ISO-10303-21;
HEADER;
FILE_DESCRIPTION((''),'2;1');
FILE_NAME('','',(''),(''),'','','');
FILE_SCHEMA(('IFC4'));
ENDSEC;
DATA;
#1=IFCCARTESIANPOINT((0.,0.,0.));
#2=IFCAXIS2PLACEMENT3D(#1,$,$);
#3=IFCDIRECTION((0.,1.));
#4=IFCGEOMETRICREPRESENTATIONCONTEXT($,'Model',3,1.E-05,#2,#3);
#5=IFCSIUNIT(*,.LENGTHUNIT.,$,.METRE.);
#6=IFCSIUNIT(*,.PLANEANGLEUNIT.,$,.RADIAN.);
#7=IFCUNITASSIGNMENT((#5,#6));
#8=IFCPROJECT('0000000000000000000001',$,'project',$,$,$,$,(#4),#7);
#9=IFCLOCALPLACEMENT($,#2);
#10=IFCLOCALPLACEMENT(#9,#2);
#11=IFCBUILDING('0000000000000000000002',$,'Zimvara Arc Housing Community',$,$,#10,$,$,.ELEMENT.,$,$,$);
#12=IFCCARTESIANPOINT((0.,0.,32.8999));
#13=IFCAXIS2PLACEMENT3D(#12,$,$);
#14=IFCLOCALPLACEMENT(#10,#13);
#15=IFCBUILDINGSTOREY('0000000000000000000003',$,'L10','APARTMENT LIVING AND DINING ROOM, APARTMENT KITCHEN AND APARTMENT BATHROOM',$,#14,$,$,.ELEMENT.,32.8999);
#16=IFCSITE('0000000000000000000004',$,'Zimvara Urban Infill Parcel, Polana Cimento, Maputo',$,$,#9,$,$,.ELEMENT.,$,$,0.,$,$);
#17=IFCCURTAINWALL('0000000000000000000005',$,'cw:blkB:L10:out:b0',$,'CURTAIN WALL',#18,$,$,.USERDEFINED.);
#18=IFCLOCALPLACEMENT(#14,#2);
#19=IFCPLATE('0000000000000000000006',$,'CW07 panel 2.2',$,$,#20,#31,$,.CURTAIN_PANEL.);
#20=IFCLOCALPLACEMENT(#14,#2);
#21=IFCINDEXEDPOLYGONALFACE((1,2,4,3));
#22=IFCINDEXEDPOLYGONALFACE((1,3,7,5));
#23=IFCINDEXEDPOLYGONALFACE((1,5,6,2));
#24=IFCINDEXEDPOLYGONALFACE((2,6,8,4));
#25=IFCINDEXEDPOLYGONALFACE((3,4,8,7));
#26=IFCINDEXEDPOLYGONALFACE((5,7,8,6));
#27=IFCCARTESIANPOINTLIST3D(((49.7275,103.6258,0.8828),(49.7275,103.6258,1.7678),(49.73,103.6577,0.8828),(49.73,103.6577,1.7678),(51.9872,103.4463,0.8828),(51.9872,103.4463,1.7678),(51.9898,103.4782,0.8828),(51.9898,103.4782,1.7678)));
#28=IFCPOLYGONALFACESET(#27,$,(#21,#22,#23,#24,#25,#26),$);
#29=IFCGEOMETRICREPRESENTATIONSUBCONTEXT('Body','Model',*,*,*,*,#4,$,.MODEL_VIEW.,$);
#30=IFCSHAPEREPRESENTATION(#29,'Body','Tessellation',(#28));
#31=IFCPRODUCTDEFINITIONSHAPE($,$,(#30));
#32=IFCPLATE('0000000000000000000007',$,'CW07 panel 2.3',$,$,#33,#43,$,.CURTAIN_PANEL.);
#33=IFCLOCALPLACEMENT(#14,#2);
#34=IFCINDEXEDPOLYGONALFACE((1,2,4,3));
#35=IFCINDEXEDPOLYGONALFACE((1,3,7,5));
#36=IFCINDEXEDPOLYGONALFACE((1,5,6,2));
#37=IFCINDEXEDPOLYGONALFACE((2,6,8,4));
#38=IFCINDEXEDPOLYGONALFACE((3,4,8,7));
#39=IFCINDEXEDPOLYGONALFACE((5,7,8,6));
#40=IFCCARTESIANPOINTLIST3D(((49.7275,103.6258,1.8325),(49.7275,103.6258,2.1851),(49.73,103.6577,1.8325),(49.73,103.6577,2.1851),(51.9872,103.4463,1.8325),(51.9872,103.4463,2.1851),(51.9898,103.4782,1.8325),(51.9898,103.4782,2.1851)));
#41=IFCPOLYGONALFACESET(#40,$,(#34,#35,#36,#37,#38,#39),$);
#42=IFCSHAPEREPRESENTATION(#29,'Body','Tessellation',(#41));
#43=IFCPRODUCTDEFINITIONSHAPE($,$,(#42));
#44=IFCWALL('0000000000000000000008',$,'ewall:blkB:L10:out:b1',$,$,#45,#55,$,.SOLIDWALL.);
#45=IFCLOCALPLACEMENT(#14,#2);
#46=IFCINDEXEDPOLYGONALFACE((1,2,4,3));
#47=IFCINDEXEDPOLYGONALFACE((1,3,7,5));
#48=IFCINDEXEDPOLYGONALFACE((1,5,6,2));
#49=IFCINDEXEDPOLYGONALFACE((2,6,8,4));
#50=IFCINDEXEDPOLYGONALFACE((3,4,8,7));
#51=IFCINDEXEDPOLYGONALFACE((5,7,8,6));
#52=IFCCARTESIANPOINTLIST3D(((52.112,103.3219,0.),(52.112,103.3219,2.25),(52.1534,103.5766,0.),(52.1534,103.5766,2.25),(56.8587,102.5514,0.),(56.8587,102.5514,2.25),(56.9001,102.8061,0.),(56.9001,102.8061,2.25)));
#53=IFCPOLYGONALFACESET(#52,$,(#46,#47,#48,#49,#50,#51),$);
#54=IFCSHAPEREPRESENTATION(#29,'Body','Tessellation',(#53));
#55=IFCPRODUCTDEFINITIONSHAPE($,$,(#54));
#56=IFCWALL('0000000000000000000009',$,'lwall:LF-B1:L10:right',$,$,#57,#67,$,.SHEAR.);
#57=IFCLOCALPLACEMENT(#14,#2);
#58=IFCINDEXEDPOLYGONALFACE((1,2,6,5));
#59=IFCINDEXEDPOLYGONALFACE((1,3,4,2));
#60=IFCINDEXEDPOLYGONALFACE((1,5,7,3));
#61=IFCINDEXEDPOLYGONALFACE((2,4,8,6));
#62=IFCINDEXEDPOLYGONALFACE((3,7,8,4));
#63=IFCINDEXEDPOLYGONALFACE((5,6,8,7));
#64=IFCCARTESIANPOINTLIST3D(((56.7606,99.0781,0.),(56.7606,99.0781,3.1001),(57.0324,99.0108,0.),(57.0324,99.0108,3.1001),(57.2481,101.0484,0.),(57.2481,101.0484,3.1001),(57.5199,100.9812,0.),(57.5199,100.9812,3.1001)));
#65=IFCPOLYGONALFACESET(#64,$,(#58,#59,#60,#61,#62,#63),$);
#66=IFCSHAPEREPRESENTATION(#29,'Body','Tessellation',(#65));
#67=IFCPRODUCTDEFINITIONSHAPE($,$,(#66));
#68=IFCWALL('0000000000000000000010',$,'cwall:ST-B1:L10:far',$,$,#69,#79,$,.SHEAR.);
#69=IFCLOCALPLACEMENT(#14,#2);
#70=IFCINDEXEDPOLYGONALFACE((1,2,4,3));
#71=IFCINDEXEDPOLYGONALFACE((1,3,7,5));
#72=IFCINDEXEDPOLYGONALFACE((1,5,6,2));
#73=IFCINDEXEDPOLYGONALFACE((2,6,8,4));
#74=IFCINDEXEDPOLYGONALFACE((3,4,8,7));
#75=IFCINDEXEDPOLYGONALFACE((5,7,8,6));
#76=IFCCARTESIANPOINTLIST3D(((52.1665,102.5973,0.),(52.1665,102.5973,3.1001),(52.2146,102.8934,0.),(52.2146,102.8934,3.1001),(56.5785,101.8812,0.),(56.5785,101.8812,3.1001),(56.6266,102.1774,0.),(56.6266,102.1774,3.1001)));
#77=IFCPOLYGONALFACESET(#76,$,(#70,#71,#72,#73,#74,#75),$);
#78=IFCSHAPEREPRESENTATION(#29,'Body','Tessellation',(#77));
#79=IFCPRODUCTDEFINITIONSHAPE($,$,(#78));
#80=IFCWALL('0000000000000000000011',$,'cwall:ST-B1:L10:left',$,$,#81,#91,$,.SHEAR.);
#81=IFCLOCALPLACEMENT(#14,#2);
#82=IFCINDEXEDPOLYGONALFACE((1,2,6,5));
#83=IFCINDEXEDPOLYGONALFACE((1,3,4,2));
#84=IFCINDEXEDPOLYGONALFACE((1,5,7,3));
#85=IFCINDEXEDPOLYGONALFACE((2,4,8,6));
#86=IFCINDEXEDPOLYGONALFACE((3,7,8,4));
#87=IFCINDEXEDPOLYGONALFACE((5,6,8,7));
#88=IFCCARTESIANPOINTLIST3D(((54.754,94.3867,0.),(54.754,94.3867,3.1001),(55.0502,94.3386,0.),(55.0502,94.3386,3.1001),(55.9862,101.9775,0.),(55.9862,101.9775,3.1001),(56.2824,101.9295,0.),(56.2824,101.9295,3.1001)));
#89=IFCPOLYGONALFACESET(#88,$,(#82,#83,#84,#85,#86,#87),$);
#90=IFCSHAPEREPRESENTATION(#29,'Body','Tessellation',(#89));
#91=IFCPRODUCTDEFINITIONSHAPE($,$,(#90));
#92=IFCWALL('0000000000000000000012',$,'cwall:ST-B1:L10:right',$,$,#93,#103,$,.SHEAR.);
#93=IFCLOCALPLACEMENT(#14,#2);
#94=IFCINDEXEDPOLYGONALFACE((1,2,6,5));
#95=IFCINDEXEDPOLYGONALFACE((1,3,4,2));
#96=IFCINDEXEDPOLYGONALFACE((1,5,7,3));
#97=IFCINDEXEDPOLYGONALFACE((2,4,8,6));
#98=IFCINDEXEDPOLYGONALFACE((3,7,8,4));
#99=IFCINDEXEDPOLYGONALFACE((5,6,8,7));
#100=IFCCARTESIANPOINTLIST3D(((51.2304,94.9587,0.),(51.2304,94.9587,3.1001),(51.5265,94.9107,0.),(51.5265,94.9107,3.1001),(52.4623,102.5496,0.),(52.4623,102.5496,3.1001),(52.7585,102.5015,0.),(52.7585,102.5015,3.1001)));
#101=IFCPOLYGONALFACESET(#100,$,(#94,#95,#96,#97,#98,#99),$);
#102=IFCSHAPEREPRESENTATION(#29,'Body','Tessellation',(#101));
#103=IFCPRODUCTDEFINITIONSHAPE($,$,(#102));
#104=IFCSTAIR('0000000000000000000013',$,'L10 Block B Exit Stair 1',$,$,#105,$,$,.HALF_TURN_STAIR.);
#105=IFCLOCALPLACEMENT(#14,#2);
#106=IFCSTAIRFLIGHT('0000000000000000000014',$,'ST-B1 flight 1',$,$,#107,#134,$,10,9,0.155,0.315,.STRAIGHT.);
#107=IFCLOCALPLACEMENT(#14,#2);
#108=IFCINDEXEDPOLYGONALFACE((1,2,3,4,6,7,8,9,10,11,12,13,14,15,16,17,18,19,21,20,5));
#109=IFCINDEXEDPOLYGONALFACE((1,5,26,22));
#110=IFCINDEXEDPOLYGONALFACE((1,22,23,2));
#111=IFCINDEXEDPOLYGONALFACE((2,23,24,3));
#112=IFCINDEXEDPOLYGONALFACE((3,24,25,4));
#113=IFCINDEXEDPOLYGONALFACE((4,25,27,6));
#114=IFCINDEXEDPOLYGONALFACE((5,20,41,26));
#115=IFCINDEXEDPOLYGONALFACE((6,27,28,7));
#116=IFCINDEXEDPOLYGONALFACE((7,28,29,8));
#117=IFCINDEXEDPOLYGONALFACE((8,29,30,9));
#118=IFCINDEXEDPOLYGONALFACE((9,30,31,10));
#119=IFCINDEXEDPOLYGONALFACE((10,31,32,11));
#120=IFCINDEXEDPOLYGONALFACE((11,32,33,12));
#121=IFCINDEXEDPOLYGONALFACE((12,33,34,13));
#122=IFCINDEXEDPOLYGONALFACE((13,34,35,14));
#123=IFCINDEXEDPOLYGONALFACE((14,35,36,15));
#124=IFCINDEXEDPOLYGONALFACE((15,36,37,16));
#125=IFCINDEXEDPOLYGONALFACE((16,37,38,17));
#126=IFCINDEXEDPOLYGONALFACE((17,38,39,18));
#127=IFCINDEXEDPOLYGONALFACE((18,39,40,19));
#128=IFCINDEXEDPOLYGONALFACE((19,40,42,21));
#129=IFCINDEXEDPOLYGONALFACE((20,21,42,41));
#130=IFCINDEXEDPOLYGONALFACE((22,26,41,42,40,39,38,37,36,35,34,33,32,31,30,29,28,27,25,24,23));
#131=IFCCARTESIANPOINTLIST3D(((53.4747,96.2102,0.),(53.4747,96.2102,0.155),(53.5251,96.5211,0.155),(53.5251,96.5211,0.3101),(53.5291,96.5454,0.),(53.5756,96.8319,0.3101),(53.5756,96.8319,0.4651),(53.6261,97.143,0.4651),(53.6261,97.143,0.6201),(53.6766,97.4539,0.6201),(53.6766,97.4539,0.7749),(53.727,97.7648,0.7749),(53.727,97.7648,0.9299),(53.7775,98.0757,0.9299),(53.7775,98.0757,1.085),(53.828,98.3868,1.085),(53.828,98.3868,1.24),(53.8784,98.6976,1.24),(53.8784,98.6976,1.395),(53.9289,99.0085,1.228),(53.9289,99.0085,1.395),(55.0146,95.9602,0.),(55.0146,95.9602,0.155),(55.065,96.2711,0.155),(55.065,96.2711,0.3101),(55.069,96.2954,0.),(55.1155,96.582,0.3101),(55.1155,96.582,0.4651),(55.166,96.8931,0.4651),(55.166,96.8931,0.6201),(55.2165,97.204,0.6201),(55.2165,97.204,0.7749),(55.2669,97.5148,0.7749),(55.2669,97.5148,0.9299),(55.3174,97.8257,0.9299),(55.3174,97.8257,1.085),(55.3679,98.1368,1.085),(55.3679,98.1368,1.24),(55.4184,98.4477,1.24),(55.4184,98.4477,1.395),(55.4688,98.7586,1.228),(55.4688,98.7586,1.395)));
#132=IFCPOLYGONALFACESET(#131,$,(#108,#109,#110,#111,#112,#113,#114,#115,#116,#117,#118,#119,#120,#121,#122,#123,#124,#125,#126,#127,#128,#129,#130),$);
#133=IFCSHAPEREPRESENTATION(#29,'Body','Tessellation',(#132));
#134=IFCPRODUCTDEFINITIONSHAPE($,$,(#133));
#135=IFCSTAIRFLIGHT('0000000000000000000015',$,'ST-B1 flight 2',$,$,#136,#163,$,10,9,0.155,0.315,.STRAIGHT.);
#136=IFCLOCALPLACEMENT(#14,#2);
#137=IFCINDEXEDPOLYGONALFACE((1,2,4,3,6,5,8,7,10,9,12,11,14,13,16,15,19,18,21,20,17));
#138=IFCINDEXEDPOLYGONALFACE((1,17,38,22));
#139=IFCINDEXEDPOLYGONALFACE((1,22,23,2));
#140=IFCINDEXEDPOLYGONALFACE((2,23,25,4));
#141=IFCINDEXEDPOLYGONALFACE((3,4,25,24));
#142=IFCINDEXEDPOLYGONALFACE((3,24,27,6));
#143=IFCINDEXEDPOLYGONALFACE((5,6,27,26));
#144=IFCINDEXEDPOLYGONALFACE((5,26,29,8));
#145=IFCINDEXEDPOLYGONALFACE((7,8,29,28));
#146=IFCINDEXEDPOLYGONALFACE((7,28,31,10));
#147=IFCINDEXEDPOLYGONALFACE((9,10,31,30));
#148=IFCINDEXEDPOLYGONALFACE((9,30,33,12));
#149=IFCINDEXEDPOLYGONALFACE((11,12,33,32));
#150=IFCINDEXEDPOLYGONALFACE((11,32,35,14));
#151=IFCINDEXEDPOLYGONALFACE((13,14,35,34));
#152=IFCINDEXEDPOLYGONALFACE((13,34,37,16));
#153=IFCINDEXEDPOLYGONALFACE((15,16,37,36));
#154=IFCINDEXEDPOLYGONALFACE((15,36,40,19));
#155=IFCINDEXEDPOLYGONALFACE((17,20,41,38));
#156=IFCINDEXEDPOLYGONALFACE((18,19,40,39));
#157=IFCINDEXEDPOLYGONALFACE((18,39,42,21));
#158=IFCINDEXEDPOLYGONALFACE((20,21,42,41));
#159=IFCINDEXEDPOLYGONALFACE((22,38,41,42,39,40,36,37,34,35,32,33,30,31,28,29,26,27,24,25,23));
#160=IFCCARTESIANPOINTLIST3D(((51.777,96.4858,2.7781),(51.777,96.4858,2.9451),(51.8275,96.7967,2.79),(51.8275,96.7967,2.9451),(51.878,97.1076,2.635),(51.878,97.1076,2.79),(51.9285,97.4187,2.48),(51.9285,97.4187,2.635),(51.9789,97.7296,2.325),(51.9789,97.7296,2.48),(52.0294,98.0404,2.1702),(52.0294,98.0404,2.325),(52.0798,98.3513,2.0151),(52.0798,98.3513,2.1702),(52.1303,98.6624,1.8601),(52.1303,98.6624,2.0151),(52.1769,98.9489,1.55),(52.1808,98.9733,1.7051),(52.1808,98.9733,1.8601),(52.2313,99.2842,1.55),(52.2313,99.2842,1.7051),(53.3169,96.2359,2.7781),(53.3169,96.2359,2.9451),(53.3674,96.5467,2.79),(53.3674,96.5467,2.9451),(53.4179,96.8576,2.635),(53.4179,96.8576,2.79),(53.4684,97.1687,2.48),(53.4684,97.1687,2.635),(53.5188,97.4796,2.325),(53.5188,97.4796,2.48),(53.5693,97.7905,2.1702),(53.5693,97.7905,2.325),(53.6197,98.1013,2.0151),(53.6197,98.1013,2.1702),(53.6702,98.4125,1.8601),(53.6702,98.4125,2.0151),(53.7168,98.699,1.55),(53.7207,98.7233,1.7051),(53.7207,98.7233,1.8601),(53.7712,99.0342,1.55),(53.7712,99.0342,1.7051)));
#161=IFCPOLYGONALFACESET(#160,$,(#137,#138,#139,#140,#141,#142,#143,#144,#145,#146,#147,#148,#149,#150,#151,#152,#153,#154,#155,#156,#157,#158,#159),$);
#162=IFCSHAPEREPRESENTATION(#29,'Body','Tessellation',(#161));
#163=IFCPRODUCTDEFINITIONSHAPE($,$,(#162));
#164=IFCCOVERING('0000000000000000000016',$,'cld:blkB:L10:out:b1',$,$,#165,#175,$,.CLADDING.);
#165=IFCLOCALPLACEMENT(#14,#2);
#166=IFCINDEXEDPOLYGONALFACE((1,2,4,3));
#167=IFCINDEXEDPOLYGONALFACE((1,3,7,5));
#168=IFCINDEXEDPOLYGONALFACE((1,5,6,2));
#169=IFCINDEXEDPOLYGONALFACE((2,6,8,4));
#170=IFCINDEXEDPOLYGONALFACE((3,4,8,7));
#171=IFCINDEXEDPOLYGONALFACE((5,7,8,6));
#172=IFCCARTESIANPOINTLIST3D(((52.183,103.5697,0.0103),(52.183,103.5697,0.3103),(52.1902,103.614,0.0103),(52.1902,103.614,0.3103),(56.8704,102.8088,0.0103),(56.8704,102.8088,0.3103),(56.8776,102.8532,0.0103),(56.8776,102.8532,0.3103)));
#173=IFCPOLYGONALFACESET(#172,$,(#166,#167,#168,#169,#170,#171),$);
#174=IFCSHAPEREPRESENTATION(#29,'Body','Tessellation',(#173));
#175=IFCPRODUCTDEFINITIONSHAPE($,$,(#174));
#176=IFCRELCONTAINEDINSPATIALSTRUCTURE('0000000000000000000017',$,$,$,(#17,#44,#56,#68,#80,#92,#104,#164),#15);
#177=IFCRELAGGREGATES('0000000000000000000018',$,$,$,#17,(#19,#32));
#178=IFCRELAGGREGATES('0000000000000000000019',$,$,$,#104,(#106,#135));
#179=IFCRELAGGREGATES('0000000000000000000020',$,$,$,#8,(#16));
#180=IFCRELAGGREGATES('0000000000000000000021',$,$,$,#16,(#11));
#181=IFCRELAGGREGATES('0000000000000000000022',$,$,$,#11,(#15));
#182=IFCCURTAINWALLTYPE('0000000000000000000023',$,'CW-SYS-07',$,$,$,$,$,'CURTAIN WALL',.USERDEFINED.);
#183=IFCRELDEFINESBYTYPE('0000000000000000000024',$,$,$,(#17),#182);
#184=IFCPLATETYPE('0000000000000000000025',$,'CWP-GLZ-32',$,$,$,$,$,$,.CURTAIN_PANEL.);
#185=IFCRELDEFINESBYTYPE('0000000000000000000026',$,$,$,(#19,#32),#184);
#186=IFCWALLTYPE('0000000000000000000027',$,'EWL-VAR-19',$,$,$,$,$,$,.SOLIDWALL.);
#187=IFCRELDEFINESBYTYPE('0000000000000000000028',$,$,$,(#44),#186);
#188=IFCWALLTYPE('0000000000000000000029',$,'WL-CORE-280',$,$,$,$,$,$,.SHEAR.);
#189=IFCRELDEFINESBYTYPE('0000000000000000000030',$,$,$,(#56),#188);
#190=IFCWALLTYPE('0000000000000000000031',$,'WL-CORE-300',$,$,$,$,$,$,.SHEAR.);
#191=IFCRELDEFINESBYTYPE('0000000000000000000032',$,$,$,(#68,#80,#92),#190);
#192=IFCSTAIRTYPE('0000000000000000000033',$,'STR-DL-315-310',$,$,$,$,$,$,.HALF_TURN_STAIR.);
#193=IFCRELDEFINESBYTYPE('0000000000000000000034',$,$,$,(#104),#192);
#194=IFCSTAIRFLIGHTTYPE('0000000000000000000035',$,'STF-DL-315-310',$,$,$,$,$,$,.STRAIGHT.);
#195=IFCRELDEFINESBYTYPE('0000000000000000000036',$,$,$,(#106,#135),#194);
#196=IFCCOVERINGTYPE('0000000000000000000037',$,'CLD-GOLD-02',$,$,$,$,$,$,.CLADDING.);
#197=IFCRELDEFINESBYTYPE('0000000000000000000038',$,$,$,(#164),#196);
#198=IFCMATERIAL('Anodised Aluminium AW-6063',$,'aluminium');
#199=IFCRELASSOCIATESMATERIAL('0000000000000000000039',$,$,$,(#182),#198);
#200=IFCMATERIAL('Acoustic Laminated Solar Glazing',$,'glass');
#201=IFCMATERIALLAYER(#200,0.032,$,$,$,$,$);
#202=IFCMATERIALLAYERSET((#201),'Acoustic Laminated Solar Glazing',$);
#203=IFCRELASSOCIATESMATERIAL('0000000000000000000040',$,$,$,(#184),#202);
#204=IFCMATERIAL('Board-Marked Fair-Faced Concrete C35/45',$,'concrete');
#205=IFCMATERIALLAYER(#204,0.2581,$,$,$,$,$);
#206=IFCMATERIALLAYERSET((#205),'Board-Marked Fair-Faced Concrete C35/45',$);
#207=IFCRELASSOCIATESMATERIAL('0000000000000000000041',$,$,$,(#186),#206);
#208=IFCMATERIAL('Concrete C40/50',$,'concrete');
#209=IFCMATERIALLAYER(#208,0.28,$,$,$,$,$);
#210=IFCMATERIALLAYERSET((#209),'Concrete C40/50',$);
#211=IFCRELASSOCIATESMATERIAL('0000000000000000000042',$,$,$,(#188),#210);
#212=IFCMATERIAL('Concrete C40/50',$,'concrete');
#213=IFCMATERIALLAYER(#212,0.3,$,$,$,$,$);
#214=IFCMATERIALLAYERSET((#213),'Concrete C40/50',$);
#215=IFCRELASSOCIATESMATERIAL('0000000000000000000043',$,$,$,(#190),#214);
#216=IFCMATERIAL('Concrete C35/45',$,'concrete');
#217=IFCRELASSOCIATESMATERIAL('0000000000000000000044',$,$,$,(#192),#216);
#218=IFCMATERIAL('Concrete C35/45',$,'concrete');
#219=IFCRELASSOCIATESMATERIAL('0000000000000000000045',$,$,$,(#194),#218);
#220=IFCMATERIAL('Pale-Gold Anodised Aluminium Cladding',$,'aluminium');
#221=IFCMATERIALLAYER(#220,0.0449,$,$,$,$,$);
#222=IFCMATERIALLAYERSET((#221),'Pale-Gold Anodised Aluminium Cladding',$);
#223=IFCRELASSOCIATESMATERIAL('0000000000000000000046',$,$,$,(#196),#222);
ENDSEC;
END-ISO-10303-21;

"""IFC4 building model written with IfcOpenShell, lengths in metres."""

from ifc_helpers import new_model, si_unit, direction, frame, frame_2d, origin, origin_2d, place, context, subcontext, project, spatial, polyline, rectangle, outline, extrude, material, layer, layer_set, type_object, element, aggregate, save


model = new_model("IFC4")

# Units and contexts
model_context = context("Model", 3, precision=1e-05, world=origin(), true_north=direction((0.0, 1.0)))
body_context = subcontext(model_context, "Body", "Model", "MODEL_VIEW")
ifc_project = project(units=[si_unit("LENGTHUNIT", "METRE"), si_unit("PLANEANGLEUNIT", "RADIAN")], contexts=[model_context])

# Site, building, storey
site_placement = place(None, origin())
site = spatial("IfcSite", under=ifc_project, at=site_placement, Name="Zimvara Urban Infill Parcel, Polana Cimento, Maputo", CompositionType="ELEMENT", RefElevation=0.0)
building_placement = place(site_placement, origin())
building = spatial("IfcBuilding", under=site, at=building_placement, Name="Zimvara Arc Housing Community", CompositionType="ELEMENT")
storey_placement = place(building_placement, frame((0.0, 0.0, 32.8999)))
storey = spatial("IfcBuildingStorey", under=building, at=storey_placement, Name="L10", Description="APARTMENT LIVING AND DINING ROOM, APARTMENT KITCHEN AND APARTMENT BATHROOM", CompositionType="ELEMENT", Elevation=32.8999)

# Curtain wall, plates
ifc_material_1 = material(Name="Anodised Aluminium AW-6063", Category="aluminium")
curtain_wall_type = type_object("IfcCurtainWallType", Name="CW-SYS-07", ElementType="CURTAIN WALL", PredefinedType="USERDEFINED", material=ifc_material_1)
curtain_wall_placement = place(storey_placement, origin())
curtain_wall = element("IfcCurtainWall", 1, at=curtain_wall_placement, inside=storey, type_object=curtain_wall_type, Name="cw:blkB:L10:out:b0", ObjectType="CURTAIN WALL", PredefinedType="USERDEFINED")
ifc_material_2 = material(Name="Acoustic Laminated Solar Glazing", Category="glass")
ifc_layer_1 = layer(ifc_material_2, 0.032)
ifc_layer_set_1 = layer_set([ifc_layer_1], Name="Acoustic Laminated Solar Glazing")
plate_type = type_object("IfcPlateType", Name="CWP-GLZ-32", PredefinedType="CURTAIN_PANEL", material=ifc_layer_set_1)
plate_1_placement = place(storey_placement, frame((50.8586, 103.552, 0.8828), z_axis=(0.0, 0.0, 1.0), x_axis=(0.996862, -0.079154, 0.0)))
plate_1 = element("IfcPlate", 2, at=plate_1_placement, type_object=plate_type, Name="CW07 panel 2.2", PredefinedType="CURTAIN_PANEL", context=body_context, shape_type="SweptSolid", body=[
    extrude(rectangle(XDim=2.2668, YDim=0.032, at=origin_2d()), origin(), (0.0, 0.0, 1.0), 0.885),
])
plate_2_placement = place(storey_placement, frame((50.8586, 103.552, 1.8325), z_axis=(0.0, 0.0, 1.0), x_axis=(0.996862, -0.079154, 0.0)))
plate_2 = element("IfcPlate", 3, at=plate_2_placement, type_object=plate_type, Name="CW07 panel 2.3", PredefinedType="CURTAIN_PANEL", context=body_context, shape_type="SweptSolid", body=[
    extrude(rectangle(XDim=2.2668, YDim=0.032, at=origin_2d()), origin(), (0.0, 0.0, 1.0), 0.3525),
])
aggregate(curtain_wall, [plate_1, plate_2])

# Wall
ifc_material_3 = material(Name="Board-Marked Fair-Faced Concrete C35/45", Category="concrete")
ifc_layer_2 = layer(ifc_material_3, 0.2581)
ifc_layer_set_2 = layer_set([ifc_layer_2], Name="Board-Marked Fair-Faced Concrete C35/45")
wall_type_1 = type_object("IfcWallType", Name="EWL-VAR-19", PredefinedType="SOLIDWALL", material=ifc_layer_set_2)
wall_1_placement = place(storey_placement, frame((52.1328, 103.4492, 0.0), z_axis=(0.0, 0.0, 1.0), x_axis=(0.987081, -0.160224, 0.0)))
element("IfcWall", 4, at=wall_1_placement, inside=storey, type_object=wall_type_1, Name="ewall:blkB:L10:out:b1", PredefinedType="SOLIDWALL", context=body_context, shape_type="SweptSolid", body=[
    extrude(rectangle(XDim=4.8088, YDim=0.2581, at=frame_2d((2.4043, 0.0))), origin(), (0.0, 0.0, 1.0), 2.25),
])

# Wall
ifc_material_4 = material(Name="Concrete C40/50", Category="concrete")
ifc_layer_3 = layer(ifc_material_4, 0.28)
ifc_layer_set_3 = layer_set([ifc_layer_3], Name="Concrete C40/50")
wall_type_2 = type_object("IfcWallType", Name="WL-CORE-280", PredefinedType="SHEAR", material=ifc_layer_set_3)
wall_2_placement = place(storey_placement, frame((56.8965, 99.0444, 0.0), z_axis=(0.0, 0.0, 1.0), x_axis=(0.240186, 0.970727, 0.0)))
element("IfcWall", 5, at=wall_2_placement, inside=storey, type_object=wall_type_2, Name="lwall:LF-B1:L10:right", PredefinedType="SHEAR", context=body_context, shape_type="SweptSolid", body=[
    extrude(rectangle(XDim=2.0298, YDim=0.28, at=frame_2d((1.0149, 0.0))), origin(), (0.0, 0.0, 1.0), 3.1001),
])

# Shared definitions
ifc_material_5 = material(Name="Concrete C40/50", Category="concrete")
ifc_layer_4 = layer(ifc_material_5, 0.3)
ifc_layer_set_4 = layer_set([ifc_layer_4], Name="Concrete C40/50")
wall_type_3 = type_object("IfcWallType", Name="WL-CORE-300", PredefinedType="SHEAR", material=ifc_layer_set_4)

# Walls
wall_3_placement = place(storey_placement, frame((56.6025, 102.0293, 0.0), z_axis=(0.0, 0.0, 1.0), x_axis=(-0.987085, 0.160199, 0.0)))
element("IfcWall", 6, at=wall_3_placement, inside=storey, type_object=wall_type_3, Name="cwall:ST-B1:L10:far", PredefinedType="SHEAR", context=body_context, shape_type="SweptSolid", body=[
    extrude(rectangle(XDim=4.4697, YDim=0.3, at=frame_2d((2.2349, 0.0))), origin(), (0.0, 0.0, 1.0), 3.1001),
])
for number, where, z_axis, x_axis, name in (
    (7, (54.9021, 94.3625, 0.0), (0.0, 0.0, 1.0), (0.160227, 0.98708, 0.0), "cwall:ST-B1:L10:left"),
    (8, (51.3784, 94.9346, 0.0), (0.0, 0.0, 1.0), (0.160197, 0.987085, 0.0), "cwall:ST-B1:L10:right"),
):
    element("IfcWall", number, at=place(storey_placement, frame(where, z_axis=z_axis, x_axis=x_axis)), inside=storey, type_object=wall_type_3, Name=name, PredefinedType="SHEAR", context=body_context, shape_type="SweptSolid", body=[
        extrude(rectangle(XDim=7.6902, YDim=0.3, at=frame_2d((3.8452, 0.0))), origin(), (0.0, 0.0, 1.0), 3.1001),
    ])

# Stair, stair flights
ifc_material_6 = material(Name="Concrete C35/45", Category="concrete")
stair_type = type_object("IfcStairType", Name="STR-DL-315-310", PredefinedType="HALF_TURN_STAIR", material=ifc_material_6)
stair_placement = place(storey_placement, origin())
stair = element("IfcStair", 9, at=stair_placement, inside=storey, type_object=stair_type, Name="L10 Block B Exit Stair 1", PredefinedType="HALF_TURN_STAIR")
ifc_material_7 = material(Name="Concrete C35/45", Category="concrete")
stair_flight_type = type_object("IfcStairFlightType", Name="STF-DL-315-310", PredefinedType="STRAIGHT", material=ifc_material_7)
stair_flight_1_placement = place(storey_placement, frame((54.2446, 96.0852, 0.0), z_axis=(0.0, 0.0, 1.0), x_axis=(0.160226, 0.98708, 0.0)))
stair_flight_1 = element("IfcStairFlight", 10, at=stair_flight_1_placement, type_object=stair_flight_type, Name="ST-B1 flight 1", NumberOfRisers=10, NumberOfTreads=9, PredefinedType="STRAIGHT", RiserHeight=0.155, TreadLength=0.315, context=body_context, shape_type="SweptSolid", body=[
    extrude(outline(polyline([(0.0, 0.0), (0.0, 0.155), (0.3149, 0.155), (0.3149, 0.3101), (0.6299, 0.3101), (0.6299, 0.4651), (0.9451, 0.4651), (0.9451, 0.6201), (1.26, 0.6201), (1.26, 0.7749), (1.575, 0.7749), (1.575, 0.9299), (1.8899, 0.9299), (1.8899, 1.085), (2.2051, 1.085), (2.2051, 1.24), (2.52, 1.24), (2.52, 1.395), (2.835, 1.395), (2.835, 1.55), (2.835, 1.228), (0.3396, 0.0), (0.0, 0.0)])), frame((0.0, 0.78, 0.0), z_axis=(0.0, -1.0, 0.0), x_axis=(1.0, 0.0, 0.0)), (0.0, 0.0, 1.0), 1.5601),
])
stair_flight_2_placement = place(storey_placement, frame((53.0012, 99.1592, 1.55), z_axis=(0.0, 0.0, 1.0), x_axis=(-0.160226, -0.98708, 0.0)))
stair_flight_2 = element("IfcStairFlight", 11, at=stair_flight_2_placement, type_object=stair_flight_type, Name="ST-B1 flight 2", NumberOfRisers=10, NumberOfTreads=9, PredefinedType="STRAIGHT", RiserHeight=0.155, TreadLength=0.315, context=body_context, shape_type="SweptSolid", body=[
    extrude(outline(polyline([(0.0, 0.0), (0.0, 0.155), (0.3149, 0.155), (0.3149, 0.3101), (0.6299, 0.3101), (0.6299, 0.4651), (0.9451, 0.4651), (0.9451, 0.6201), (1.26, 0.6201), (1.26, 0.7749), (1.575, 0.7749), (1.575, 0.9299), (1.8899, 0.9299), (1.8899, 1.085), (2.2051, 1.085), (2.2051, 1.24), (2.52, 1.24), (2.52, 1.395), (2.835, 1.395), (2.835, 1.55), (2.835, 1.228), (0.3396, 0.0), (0.0, 0.0)])), frame((0.0, 0.78, 0.0), z_axis=(0.0, -1.0, 0.0), x_axis=(1.0, 0.0, 0.0)), (0.0, 0.0, 1.0), 1.5601),
])
aggregate(stair, [stair_flight_1, stair_flight_2])

# Covering
ifc_material_8 = material(Name="Pale-Gold Anodised Aluminium Cladding", Category="aluminium")
ifc_layer_5 = layer(ifc_material_8, 0.0449)
ifc_layer_set_5 = layer_set([ifc_layer_5], Name="Pale-Gold Anodised Aluminium Cladding")
covering_type = type_object("IfcCoveringType", Name="CLD-GOLD-02", PredefinedType="CLADDING", material=ifc_layer_set_5)
covering_placement = place(storey_placement, frame((54.5303, 103.2114, 0.0103), z_axis=(0.0, 0.0, 1.0), x_axis=(0.98708, -0.160226, 0.0)))
element("IfcCovering", 12, at=covering_placement, inside=storey, type_object=covering_type, Name="cld:blkB:L10:out:b1", PredefinedType="CLADDING", context=body_context, shape_type="SweptSolid", body=[
    extrude(rectangle(XDim=4.7488, YDim=0.0449, at=origin_2d()), origin(), (0.0, 0.0, 1.0), 0.3),
])

save(model, "model.ifc")
